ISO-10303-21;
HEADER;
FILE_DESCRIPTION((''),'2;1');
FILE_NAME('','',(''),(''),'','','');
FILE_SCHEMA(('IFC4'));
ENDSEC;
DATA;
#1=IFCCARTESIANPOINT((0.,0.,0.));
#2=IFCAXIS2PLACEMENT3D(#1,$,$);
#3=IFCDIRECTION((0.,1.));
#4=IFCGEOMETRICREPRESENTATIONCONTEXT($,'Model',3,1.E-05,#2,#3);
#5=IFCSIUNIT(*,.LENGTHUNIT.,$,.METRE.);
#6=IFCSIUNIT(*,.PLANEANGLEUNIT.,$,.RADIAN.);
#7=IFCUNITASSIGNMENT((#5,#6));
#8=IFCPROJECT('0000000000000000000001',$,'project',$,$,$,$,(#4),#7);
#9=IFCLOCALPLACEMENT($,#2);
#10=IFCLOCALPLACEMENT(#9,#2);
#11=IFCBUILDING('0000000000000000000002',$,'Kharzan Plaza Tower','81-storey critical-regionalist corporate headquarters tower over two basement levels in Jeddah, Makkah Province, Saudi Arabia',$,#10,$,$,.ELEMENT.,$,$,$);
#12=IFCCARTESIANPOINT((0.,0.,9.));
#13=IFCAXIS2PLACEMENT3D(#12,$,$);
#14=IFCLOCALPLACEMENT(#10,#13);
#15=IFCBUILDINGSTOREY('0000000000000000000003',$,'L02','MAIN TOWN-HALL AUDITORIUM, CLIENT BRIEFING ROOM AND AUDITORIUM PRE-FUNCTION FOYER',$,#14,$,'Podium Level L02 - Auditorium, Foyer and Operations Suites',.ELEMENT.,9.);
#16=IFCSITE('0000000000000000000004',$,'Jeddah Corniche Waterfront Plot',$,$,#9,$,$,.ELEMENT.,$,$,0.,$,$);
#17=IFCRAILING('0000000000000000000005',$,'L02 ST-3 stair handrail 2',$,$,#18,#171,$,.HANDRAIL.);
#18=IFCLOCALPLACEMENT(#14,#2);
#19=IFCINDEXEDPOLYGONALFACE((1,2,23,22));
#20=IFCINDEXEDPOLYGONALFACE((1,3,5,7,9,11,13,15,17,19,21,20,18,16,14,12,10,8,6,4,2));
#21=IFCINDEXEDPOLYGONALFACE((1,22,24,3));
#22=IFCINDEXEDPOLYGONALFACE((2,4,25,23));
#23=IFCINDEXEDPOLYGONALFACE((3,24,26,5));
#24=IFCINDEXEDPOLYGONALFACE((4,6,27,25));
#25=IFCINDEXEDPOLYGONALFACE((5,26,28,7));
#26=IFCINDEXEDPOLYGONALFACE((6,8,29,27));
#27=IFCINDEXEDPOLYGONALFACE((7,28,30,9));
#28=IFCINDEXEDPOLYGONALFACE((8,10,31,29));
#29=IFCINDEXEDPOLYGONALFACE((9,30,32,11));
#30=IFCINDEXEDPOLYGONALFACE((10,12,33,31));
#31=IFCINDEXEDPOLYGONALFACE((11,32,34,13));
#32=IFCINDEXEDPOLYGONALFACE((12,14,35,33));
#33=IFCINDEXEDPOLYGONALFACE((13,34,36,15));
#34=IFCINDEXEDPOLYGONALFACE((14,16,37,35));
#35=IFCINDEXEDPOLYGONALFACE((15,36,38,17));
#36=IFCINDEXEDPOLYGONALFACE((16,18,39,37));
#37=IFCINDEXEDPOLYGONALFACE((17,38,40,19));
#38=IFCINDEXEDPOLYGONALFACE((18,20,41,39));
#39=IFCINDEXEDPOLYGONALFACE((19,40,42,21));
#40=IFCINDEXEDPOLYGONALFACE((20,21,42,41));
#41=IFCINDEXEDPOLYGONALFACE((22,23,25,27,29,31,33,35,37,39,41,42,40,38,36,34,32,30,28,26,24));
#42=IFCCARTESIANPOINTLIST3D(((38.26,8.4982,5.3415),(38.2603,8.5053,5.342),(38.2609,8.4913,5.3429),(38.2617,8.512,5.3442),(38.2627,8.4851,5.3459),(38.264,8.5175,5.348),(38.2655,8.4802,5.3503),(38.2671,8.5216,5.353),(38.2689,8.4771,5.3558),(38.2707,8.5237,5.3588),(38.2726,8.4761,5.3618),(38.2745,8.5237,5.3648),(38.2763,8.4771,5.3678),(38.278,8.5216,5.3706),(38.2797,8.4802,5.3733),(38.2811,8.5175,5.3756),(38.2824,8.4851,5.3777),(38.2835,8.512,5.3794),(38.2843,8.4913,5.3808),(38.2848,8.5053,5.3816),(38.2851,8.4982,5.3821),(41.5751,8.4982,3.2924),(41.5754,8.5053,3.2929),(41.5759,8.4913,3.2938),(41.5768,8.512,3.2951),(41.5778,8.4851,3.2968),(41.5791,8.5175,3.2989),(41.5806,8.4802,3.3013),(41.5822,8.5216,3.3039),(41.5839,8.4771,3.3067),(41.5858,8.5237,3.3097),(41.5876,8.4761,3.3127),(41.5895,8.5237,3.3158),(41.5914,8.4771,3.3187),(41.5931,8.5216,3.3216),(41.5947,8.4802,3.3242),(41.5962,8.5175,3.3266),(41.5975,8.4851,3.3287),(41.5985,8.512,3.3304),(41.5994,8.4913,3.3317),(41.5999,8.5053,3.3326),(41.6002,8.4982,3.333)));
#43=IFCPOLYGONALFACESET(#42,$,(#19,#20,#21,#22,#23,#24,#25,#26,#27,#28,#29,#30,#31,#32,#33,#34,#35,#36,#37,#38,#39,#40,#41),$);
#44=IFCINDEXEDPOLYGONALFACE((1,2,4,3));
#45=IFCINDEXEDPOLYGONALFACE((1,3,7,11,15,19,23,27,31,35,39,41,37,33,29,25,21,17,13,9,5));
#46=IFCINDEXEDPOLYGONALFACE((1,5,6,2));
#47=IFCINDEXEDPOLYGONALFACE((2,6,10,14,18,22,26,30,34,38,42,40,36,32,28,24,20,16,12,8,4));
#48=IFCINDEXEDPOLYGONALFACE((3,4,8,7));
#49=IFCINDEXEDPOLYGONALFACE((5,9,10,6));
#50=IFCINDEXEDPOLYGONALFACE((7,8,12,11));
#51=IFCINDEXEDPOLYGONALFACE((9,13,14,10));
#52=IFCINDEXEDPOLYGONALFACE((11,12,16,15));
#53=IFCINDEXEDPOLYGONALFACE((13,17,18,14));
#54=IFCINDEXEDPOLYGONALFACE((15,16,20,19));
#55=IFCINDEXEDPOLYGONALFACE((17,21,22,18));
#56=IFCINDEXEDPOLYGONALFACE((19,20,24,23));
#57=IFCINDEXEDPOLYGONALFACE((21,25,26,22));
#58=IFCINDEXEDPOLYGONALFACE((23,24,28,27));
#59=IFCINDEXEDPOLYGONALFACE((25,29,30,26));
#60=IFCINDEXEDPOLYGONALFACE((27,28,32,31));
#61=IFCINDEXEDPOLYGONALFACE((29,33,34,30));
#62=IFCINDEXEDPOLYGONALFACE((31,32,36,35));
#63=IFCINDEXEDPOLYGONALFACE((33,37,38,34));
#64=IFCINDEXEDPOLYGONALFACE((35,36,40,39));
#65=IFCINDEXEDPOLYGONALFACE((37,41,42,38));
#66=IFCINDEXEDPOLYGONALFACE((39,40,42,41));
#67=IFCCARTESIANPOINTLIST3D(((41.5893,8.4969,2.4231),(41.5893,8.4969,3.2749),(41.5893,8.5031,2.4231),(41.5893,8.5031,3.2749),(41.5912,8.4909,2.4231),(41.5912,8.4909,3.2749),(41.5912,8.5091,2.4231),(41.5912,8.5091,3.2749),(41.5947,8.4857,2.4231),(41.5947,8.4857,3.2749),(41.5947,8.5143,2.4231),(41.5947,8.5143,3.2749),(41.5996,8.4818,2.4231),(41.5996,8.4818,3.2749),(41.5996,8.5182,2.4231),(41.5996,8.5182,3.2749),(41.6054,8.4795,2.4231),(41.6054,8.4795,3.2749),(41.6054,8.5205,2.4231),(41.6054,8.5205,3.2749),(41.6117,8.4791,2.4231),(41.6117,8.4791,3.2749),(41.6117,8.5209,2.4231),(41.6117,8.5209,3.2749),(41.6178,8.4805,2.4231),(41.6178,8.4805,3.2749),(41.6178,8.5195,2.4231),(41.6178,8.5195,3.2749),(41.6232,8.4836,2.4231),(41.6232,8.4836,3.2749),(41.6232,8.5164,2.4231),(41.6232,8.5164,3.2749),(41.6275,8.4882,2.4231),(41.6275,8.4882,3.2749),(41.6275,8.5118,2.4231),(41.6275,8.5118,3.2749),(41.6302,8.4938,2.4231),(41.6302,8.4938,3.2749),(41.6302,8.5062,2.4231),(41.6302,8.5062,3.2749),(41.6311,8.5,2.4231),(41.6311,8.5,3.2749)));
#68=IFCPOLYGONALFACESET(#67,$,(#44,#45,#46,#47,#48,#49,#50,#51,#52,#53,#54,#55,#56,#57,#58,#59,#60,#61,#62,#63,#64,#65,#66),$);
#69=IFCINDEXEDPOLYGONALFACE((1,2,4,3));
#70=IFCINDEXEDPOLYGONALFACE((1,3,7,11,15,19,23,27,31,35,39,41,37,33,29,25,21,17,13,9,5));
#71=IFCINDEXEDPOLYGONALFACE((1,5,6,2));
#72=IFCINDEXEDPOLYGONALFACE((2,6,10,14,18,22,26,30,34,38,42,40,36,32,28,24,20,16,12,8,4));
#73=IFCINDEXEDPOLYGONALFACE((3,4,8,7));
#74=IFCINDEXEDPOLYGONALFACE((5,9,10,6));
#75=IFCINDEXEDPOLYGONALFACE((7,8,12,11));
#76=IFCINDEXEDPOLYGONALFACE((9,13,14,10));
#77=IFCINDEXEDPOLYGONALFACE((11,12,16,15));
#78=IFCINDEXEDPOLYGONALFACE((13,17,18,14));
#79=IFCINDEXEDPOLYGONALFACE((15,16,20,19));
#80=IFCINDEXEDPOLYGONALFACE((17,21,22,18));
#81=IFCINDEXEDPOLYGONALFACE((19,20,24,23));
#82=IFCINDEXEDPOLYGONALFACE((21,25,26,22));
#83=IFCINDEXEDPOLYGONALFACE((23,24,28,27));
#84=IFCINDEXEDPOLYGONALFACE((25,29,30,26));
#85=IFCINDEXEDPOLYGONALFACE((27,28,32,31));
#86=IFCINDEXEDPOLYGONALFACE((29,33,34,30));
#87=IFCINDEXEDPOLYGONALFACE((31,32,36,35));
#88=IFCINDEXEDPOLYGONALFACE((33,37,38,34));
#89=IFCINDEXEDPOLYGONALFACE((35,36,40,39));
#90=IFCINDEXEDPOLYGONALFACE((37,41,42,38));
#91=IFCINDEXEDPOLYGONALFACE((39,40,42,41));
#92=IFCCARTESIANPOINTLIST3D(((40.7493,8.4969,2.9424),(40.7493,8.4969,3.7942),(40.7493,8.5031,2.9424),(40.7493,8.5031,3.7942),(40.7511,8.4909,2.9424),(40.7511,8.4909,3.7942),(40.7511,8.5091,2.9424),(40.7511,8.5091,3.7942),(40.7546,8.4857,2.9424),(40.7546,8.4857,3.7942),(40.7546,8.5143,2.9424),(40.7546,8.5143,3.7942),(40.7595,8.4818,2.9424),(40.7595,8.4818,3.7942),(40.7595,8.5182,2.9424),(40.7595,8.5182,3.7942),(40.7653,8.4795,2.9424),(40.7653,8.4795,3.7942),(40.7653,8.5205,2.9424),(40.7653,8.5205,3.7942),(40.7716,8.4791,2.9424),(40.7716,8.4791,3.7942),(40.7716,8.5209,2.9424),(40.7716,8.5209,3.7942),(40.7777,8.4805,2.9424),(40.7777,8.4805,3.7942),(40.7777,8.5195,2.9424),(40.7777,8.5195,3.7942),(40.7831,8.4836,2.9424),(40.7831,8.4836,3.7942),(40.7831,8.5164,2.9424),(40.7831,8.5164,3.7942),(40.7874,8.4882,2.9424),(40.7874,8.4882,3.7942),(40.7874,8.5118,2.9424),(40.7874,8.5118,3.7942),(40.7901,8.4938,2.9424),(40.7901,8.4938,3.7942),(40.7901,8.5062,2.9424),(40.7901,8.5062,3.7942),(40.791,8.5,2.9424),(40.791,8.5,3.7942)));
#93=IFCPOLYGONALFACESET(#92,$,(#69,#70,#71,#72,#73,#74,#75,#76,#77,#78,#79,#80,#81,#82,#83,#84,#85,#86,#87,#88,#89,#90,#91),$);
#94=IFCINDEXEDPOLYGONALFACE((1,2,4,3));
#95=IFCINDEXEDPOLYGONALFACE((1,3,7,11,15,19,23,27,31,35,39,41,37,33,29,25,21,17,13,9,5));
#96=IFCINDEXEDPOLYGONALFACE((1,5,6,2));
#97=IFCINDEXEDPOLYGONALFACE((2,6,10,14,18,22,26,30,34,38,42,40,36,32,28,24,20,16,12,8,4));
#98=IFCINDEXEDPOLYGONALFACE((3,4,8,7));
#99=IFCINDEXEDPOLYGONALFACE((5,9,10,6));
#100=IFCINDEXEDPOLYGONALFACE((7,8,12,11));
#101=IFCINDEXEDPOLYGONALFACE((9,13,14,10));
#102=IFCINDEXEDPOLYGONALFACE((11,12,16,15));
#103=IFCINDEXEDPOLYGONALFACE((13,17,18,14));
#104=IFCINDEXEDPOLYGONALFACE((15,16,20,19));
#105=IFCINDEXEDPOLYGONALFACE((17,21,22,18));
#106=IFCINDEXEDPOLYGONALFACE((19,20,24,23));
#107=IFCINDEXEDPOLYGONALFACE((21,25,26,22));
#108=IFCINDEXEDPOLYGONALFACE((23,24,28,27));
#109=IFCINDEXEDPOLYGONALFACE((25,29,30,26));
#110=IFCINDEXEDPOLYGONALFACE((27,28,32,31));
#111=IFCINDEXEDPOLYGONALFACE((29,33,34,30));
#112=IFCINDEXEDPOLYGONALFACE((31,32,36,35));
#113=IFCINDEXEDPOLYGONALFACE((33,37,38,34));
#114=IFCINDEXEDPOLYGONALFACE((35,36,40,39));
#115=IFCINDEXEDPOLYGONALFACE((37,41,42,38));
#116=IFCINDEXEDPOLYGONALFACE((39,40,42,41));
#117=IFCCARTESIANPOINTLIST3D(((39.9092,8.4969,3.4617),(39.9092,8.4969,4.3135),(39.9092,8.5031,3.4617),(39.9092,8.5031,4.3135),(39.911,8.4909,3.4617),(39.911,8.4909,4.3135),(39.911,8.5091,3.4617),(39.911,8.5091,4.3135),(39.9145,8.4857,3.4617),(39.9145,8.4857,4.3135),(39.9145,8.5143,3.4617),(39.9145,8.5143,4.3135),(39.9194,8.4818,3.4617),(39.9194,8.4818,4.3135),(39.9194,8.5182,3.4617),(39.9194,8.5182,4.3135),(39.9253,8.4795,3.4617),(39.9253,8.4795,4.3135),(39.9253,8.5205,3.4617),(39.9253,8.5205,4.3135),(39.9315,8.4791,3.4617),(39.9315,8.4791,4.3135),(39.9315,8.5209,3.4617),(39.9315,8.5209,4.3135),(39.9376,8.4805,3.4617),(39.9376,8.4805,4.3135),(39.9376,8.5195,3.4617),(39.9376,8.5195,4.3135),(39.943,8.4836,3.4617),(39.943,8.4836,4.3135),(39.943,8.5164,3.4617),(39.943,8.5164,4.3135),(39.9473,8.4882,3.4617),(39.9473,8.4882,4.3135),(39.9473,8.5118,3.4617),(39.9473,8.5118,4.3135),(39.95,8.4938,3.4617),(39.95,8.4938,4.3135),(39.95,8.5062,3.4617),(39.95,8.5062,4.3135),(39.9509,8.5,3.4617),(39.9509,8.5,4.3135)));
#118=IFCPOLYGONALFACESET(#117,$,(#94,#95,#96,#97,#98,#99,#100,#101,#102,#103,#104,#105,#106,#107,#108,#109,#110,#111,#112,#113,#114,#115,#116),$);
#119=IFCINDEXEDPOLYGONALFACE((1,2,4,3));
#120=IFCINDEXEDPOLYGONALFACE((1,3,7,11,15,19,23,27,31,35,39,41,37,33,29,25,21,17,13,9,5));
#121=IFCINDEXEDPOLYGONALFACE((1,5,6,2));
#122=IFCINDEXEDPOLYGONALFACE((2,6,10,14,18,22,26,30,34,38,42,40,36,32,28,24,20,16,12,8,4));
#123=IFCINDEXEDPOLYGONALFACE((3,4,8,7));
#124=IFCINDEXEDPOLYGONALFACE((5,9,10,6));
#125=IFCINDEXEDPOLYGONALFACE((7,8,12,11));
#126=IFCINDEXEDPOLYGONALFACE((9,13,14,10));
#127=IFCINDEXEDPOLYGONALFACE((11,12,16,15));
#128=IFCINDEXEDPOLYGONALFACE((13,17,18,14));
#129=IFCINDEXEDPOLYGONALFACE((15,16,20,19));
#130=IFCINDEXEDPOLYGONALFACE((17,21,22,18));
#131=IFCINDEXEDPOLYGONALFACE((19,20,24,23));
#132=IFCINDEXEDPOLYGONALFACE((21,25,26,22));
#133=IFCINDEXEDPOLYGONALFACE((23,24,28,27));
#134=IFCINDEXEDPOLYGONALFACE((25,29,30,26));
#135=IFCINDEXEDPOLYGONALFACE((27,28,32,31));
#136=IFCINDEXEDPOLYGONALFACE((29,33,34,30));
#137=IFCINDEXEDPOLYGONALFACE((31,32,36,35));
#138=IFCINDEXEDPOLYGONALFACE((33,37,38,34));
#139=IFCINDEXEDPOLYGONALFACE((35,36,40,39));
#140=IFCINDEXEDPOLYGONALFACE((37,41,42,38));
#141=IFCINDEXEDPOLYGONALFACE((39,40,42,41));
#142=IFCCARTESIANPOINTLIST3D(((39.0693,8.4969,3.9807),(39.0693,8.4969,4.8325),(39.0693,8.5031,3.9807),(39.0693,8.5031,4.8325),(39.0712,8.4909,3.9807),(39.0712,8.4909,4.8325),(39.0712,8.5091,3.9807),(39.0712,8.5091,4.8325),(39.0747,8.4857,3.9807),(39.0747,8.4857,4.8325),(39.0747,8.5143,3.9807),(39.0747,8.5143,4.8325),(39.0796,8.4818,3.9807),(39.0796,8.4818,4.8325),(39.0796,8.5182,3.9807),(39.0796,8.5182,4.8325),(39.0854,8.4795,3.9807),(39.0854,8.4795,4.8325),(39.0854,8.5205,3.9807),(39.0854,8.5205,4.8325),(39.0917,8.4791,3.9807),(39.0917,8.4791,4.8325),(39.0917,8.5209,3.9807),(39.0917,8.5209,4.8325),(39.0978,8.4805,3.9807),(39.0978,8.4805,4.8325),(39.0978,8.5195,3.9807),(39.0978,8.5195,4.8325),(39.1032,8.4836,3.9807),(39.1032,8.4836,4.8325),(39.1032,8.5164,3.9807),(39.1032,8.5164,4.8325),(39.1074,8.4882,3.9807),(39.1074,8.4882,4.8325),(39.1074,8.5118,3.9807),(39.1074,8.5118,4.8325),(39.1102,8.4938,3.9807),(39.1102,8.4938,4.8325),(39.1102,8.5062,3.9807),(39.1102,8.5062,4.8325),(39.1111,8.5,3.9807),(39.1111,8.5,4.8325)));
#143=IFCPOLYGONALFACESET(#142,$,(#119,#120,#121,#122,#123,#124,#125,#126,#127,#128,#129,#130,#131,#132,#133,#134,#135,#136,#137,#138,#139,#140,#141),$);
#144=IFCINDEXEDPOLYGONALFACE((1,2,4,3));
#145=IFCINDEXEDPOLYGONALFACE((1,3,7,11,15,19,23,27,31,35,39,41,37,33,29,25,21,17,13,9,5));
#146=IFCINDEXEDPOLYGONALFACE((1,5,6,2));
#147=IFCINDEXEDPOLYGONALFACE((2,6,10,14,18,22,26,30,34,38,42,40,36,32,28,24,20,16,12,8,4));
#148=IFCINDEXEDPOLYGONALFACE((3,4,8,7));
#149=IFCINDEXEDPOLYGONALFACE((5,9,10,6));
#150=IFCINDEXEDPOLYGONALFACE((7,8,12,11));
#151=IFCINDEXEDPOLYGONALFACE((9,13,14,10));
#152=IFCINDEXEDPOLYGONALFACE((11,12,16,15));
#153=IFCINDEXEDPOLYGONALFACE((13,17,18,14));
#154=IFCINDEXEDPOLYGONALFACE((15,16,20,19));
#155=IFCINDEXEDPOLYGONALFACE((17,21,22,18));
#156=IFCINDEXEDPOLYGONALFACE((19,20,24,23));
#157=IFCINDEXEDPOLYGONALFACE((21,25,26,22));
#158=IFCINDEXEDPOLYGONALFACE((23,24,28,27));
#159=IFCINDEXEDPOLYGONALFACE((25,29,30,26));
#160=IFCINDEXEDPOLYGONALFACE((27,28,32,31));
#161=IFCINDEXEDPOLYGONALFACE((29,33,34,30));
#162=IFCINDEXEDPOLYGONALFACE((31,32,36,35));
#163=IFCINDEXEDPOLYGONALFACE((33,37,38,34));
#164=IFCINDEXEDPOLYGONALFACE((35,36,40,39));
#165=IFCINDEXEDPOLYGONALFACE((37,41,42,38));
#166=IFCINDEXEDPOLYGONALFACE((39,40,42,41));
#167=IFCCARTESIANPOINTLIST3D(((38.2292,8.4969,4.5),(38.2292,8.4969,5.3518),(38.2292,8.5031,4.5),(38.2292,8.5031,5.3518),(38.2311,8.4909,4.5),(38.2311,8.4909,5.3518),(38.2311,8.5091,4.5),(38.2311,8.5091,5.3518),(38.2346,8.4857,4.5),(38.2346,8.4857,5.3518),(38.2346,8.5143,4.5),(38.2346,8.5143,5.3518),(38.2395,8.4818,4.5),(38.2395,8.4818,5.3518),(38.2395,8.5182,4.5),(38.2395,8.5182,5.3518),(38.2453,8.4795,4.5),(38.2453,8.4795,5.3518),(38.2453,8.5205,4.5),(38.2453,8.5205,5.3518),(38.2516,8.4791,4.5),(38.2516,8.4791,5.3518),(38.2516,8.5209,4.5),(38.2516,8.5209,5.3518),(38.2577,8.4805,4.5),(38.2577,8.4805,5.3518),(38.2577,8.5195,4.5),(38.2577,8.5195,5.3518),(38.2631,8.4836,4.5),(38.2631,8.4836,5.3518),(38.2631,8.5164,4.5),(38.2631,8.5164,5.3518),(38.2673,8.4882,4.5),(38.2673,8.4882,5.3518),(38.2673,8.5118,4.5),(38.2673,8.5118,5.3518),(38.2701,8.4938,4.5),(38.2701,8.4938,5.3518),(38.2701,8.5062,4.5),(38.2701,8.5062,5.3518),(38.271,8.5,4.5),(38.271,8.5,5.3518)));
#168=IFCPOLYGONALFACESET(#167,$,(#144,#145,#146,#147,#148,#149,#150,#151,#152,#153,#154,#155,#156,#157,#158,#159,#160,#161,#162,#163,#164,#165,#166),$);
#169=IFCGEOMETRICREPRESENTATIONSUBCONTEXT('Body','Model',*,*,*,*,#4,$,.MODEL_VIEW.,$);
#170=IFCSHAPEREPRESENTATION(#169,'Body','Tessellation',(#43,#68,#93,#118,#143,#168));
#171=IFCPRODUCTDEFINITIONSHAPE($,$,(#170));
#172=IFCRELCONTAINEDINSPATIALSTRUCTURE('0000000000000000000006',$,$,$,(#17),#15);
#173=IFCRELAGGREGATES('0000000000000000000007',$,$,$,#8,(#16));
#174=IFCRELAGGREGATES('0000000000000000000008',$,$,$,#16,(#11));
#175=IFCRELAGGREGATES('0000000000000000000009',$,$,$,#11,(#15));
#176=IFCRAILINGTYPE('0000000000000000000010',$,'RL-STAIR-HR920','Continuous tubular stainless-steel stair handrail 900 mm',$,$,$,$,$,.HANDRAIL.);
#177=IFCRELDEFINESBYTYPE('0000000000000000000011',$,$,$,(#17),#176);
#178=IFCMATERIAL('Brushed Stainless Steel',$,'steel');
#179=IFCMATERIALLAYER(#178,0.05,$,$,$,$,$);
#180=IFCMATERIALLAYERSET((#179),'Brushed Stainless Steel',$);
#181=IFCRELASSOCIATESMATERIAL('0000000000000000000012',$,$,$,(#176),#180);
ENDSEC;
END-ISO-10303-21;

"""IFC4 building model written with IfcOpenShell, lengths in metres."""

from ifc_helpers import new_model, si_unit, direction, frame, origin, origin_2d, place, context, subcontext, project, spatial, circle, extrude, source, transform, mapped, material, layer, layer_set, type_object, element, save


model = new_model("IFC4")

# Units and contexts
model_context = context("Model", 3, precision=1e-05, world=origin(), true_north=direction((0.0, 1.0)))
body_context = subcontext(model_context, "Body", "Model", "MODEL_VIEW")
ifc_project = project(units=[si_unit("LENGTHUNIT", "METRE"), si_unit("PLANEANGLEUNIT", "RADIAN")], contexts=[model_context])

# Site, building, storey
site_placement = place(None, origin())
site = spatial("IfcSite", under=ifc_project, at=site_placement, Name="Jeddah Corniche Waterfront Plot", CompositionType="ELEMENT", RefElevation=0.0)
building_placement = place(site_placement, origin())
building = spatial("IfcBuilding", under=site, at=building_placement, Name="Kharzan Plaza Tower", Description="81-storey critical-regionalist corporate headquarters tower over two basement levels in Jeddah, Makkah Province, Saudi Arabia", CompositionType="ELEMENT")
storey_placement = place(building_placement, frame((0.0, 0.0, 9.0)))
storey = spatial("IfcBuildingStorey", under=building, at=storey_placement, Name="L02", Description="MAIN TOWN-HALL AUDITORIUM, CLIENT BRIEFING ROOM AND AUDITORIUM PRE-FUNCTION FOYER", LongName="Podium Level L02 - Auditorium, Foyer and Operations Suites", CompositionType="ELEMENT", Elevation=9.0)

# Shared definitions
ifc_material_1 = material(Name="Brushed Stainless Steel", Category="steel")

# Railing
ifc_layer_1 = layer(ifc_material_1, 0.05)
ifc_layer_set_1 = layer_set([ifc_layer_1], Name="Brushed Stainless Steel")
railing_type_1 = type_object("IfcRailingType", Name="RL-STAIR-HR920", Description="Continuous tubular stainless-steel stair handrail 900 mm", PredefinedType="HANDRAIL", material=ifc_layer_set_1)
shared_shape_1 = source(origin(), body_context, "Body", "SweptSolid", [
    extrude(circle(Radius=0.0239, at=origin_2d()), frame((-0.0225, 0.0, 0.8896), z_axis=(-0.850623, 0.0, 0.525776), x_axis=(0.0, -1.0, 0.0)), (0.0, 0.0, 1.0), 3.8972),
    extrude(circle(Radius=0.021, at=origin_2d()), origin(), (0.0, 0.0, 1.0), 0.8518),
    extrude(circle(Radius=0.021, at=origin_2d()), frame((-0.8401, 0.0, 0.5193)), (0.0, 0.0, 1.0), 0.8518),
    extrude(circle(Radius=0.021, at=origin_2d()), frame((-1.6802, 0.0, 1.0386)), (0.0, 0.0, 1.0), 0.8518),
    extrude(circle(Radius=0.021, at=origin_2d()), frame((-2.52, 0.0, 1.5576)), (0.0, 0.0, 1.0), 0.8518),
    extrude(circle(Radius=0.021, at=origin_2d()), frame((-3.3601, 0.0, 2.0769)), (0.0, 0.0, 1.0), 0.8518),
])
railing_1_placement = place(storey_placement, frame((41.6101, 8.5, 2.4231)))
element("IfcRailing", 1, at=railing_1_placement, inside=storey, type_object=railing_type_1, Name="L02 ST-3 stair handrail 2", PredefinedType="HANDRAIL", context=body_context, shape_type="MappedRepresentation", body=[
    mapped(shared_shape_1, transform((0.0, 0.0, 0.0), x_axis=(1.0, 0.0, 0.0), y_axis=(0.0, 1.0, 0.0), z_axis=(0.0, 0.0, 1.0))),
])

save(model, "model.ifc")
